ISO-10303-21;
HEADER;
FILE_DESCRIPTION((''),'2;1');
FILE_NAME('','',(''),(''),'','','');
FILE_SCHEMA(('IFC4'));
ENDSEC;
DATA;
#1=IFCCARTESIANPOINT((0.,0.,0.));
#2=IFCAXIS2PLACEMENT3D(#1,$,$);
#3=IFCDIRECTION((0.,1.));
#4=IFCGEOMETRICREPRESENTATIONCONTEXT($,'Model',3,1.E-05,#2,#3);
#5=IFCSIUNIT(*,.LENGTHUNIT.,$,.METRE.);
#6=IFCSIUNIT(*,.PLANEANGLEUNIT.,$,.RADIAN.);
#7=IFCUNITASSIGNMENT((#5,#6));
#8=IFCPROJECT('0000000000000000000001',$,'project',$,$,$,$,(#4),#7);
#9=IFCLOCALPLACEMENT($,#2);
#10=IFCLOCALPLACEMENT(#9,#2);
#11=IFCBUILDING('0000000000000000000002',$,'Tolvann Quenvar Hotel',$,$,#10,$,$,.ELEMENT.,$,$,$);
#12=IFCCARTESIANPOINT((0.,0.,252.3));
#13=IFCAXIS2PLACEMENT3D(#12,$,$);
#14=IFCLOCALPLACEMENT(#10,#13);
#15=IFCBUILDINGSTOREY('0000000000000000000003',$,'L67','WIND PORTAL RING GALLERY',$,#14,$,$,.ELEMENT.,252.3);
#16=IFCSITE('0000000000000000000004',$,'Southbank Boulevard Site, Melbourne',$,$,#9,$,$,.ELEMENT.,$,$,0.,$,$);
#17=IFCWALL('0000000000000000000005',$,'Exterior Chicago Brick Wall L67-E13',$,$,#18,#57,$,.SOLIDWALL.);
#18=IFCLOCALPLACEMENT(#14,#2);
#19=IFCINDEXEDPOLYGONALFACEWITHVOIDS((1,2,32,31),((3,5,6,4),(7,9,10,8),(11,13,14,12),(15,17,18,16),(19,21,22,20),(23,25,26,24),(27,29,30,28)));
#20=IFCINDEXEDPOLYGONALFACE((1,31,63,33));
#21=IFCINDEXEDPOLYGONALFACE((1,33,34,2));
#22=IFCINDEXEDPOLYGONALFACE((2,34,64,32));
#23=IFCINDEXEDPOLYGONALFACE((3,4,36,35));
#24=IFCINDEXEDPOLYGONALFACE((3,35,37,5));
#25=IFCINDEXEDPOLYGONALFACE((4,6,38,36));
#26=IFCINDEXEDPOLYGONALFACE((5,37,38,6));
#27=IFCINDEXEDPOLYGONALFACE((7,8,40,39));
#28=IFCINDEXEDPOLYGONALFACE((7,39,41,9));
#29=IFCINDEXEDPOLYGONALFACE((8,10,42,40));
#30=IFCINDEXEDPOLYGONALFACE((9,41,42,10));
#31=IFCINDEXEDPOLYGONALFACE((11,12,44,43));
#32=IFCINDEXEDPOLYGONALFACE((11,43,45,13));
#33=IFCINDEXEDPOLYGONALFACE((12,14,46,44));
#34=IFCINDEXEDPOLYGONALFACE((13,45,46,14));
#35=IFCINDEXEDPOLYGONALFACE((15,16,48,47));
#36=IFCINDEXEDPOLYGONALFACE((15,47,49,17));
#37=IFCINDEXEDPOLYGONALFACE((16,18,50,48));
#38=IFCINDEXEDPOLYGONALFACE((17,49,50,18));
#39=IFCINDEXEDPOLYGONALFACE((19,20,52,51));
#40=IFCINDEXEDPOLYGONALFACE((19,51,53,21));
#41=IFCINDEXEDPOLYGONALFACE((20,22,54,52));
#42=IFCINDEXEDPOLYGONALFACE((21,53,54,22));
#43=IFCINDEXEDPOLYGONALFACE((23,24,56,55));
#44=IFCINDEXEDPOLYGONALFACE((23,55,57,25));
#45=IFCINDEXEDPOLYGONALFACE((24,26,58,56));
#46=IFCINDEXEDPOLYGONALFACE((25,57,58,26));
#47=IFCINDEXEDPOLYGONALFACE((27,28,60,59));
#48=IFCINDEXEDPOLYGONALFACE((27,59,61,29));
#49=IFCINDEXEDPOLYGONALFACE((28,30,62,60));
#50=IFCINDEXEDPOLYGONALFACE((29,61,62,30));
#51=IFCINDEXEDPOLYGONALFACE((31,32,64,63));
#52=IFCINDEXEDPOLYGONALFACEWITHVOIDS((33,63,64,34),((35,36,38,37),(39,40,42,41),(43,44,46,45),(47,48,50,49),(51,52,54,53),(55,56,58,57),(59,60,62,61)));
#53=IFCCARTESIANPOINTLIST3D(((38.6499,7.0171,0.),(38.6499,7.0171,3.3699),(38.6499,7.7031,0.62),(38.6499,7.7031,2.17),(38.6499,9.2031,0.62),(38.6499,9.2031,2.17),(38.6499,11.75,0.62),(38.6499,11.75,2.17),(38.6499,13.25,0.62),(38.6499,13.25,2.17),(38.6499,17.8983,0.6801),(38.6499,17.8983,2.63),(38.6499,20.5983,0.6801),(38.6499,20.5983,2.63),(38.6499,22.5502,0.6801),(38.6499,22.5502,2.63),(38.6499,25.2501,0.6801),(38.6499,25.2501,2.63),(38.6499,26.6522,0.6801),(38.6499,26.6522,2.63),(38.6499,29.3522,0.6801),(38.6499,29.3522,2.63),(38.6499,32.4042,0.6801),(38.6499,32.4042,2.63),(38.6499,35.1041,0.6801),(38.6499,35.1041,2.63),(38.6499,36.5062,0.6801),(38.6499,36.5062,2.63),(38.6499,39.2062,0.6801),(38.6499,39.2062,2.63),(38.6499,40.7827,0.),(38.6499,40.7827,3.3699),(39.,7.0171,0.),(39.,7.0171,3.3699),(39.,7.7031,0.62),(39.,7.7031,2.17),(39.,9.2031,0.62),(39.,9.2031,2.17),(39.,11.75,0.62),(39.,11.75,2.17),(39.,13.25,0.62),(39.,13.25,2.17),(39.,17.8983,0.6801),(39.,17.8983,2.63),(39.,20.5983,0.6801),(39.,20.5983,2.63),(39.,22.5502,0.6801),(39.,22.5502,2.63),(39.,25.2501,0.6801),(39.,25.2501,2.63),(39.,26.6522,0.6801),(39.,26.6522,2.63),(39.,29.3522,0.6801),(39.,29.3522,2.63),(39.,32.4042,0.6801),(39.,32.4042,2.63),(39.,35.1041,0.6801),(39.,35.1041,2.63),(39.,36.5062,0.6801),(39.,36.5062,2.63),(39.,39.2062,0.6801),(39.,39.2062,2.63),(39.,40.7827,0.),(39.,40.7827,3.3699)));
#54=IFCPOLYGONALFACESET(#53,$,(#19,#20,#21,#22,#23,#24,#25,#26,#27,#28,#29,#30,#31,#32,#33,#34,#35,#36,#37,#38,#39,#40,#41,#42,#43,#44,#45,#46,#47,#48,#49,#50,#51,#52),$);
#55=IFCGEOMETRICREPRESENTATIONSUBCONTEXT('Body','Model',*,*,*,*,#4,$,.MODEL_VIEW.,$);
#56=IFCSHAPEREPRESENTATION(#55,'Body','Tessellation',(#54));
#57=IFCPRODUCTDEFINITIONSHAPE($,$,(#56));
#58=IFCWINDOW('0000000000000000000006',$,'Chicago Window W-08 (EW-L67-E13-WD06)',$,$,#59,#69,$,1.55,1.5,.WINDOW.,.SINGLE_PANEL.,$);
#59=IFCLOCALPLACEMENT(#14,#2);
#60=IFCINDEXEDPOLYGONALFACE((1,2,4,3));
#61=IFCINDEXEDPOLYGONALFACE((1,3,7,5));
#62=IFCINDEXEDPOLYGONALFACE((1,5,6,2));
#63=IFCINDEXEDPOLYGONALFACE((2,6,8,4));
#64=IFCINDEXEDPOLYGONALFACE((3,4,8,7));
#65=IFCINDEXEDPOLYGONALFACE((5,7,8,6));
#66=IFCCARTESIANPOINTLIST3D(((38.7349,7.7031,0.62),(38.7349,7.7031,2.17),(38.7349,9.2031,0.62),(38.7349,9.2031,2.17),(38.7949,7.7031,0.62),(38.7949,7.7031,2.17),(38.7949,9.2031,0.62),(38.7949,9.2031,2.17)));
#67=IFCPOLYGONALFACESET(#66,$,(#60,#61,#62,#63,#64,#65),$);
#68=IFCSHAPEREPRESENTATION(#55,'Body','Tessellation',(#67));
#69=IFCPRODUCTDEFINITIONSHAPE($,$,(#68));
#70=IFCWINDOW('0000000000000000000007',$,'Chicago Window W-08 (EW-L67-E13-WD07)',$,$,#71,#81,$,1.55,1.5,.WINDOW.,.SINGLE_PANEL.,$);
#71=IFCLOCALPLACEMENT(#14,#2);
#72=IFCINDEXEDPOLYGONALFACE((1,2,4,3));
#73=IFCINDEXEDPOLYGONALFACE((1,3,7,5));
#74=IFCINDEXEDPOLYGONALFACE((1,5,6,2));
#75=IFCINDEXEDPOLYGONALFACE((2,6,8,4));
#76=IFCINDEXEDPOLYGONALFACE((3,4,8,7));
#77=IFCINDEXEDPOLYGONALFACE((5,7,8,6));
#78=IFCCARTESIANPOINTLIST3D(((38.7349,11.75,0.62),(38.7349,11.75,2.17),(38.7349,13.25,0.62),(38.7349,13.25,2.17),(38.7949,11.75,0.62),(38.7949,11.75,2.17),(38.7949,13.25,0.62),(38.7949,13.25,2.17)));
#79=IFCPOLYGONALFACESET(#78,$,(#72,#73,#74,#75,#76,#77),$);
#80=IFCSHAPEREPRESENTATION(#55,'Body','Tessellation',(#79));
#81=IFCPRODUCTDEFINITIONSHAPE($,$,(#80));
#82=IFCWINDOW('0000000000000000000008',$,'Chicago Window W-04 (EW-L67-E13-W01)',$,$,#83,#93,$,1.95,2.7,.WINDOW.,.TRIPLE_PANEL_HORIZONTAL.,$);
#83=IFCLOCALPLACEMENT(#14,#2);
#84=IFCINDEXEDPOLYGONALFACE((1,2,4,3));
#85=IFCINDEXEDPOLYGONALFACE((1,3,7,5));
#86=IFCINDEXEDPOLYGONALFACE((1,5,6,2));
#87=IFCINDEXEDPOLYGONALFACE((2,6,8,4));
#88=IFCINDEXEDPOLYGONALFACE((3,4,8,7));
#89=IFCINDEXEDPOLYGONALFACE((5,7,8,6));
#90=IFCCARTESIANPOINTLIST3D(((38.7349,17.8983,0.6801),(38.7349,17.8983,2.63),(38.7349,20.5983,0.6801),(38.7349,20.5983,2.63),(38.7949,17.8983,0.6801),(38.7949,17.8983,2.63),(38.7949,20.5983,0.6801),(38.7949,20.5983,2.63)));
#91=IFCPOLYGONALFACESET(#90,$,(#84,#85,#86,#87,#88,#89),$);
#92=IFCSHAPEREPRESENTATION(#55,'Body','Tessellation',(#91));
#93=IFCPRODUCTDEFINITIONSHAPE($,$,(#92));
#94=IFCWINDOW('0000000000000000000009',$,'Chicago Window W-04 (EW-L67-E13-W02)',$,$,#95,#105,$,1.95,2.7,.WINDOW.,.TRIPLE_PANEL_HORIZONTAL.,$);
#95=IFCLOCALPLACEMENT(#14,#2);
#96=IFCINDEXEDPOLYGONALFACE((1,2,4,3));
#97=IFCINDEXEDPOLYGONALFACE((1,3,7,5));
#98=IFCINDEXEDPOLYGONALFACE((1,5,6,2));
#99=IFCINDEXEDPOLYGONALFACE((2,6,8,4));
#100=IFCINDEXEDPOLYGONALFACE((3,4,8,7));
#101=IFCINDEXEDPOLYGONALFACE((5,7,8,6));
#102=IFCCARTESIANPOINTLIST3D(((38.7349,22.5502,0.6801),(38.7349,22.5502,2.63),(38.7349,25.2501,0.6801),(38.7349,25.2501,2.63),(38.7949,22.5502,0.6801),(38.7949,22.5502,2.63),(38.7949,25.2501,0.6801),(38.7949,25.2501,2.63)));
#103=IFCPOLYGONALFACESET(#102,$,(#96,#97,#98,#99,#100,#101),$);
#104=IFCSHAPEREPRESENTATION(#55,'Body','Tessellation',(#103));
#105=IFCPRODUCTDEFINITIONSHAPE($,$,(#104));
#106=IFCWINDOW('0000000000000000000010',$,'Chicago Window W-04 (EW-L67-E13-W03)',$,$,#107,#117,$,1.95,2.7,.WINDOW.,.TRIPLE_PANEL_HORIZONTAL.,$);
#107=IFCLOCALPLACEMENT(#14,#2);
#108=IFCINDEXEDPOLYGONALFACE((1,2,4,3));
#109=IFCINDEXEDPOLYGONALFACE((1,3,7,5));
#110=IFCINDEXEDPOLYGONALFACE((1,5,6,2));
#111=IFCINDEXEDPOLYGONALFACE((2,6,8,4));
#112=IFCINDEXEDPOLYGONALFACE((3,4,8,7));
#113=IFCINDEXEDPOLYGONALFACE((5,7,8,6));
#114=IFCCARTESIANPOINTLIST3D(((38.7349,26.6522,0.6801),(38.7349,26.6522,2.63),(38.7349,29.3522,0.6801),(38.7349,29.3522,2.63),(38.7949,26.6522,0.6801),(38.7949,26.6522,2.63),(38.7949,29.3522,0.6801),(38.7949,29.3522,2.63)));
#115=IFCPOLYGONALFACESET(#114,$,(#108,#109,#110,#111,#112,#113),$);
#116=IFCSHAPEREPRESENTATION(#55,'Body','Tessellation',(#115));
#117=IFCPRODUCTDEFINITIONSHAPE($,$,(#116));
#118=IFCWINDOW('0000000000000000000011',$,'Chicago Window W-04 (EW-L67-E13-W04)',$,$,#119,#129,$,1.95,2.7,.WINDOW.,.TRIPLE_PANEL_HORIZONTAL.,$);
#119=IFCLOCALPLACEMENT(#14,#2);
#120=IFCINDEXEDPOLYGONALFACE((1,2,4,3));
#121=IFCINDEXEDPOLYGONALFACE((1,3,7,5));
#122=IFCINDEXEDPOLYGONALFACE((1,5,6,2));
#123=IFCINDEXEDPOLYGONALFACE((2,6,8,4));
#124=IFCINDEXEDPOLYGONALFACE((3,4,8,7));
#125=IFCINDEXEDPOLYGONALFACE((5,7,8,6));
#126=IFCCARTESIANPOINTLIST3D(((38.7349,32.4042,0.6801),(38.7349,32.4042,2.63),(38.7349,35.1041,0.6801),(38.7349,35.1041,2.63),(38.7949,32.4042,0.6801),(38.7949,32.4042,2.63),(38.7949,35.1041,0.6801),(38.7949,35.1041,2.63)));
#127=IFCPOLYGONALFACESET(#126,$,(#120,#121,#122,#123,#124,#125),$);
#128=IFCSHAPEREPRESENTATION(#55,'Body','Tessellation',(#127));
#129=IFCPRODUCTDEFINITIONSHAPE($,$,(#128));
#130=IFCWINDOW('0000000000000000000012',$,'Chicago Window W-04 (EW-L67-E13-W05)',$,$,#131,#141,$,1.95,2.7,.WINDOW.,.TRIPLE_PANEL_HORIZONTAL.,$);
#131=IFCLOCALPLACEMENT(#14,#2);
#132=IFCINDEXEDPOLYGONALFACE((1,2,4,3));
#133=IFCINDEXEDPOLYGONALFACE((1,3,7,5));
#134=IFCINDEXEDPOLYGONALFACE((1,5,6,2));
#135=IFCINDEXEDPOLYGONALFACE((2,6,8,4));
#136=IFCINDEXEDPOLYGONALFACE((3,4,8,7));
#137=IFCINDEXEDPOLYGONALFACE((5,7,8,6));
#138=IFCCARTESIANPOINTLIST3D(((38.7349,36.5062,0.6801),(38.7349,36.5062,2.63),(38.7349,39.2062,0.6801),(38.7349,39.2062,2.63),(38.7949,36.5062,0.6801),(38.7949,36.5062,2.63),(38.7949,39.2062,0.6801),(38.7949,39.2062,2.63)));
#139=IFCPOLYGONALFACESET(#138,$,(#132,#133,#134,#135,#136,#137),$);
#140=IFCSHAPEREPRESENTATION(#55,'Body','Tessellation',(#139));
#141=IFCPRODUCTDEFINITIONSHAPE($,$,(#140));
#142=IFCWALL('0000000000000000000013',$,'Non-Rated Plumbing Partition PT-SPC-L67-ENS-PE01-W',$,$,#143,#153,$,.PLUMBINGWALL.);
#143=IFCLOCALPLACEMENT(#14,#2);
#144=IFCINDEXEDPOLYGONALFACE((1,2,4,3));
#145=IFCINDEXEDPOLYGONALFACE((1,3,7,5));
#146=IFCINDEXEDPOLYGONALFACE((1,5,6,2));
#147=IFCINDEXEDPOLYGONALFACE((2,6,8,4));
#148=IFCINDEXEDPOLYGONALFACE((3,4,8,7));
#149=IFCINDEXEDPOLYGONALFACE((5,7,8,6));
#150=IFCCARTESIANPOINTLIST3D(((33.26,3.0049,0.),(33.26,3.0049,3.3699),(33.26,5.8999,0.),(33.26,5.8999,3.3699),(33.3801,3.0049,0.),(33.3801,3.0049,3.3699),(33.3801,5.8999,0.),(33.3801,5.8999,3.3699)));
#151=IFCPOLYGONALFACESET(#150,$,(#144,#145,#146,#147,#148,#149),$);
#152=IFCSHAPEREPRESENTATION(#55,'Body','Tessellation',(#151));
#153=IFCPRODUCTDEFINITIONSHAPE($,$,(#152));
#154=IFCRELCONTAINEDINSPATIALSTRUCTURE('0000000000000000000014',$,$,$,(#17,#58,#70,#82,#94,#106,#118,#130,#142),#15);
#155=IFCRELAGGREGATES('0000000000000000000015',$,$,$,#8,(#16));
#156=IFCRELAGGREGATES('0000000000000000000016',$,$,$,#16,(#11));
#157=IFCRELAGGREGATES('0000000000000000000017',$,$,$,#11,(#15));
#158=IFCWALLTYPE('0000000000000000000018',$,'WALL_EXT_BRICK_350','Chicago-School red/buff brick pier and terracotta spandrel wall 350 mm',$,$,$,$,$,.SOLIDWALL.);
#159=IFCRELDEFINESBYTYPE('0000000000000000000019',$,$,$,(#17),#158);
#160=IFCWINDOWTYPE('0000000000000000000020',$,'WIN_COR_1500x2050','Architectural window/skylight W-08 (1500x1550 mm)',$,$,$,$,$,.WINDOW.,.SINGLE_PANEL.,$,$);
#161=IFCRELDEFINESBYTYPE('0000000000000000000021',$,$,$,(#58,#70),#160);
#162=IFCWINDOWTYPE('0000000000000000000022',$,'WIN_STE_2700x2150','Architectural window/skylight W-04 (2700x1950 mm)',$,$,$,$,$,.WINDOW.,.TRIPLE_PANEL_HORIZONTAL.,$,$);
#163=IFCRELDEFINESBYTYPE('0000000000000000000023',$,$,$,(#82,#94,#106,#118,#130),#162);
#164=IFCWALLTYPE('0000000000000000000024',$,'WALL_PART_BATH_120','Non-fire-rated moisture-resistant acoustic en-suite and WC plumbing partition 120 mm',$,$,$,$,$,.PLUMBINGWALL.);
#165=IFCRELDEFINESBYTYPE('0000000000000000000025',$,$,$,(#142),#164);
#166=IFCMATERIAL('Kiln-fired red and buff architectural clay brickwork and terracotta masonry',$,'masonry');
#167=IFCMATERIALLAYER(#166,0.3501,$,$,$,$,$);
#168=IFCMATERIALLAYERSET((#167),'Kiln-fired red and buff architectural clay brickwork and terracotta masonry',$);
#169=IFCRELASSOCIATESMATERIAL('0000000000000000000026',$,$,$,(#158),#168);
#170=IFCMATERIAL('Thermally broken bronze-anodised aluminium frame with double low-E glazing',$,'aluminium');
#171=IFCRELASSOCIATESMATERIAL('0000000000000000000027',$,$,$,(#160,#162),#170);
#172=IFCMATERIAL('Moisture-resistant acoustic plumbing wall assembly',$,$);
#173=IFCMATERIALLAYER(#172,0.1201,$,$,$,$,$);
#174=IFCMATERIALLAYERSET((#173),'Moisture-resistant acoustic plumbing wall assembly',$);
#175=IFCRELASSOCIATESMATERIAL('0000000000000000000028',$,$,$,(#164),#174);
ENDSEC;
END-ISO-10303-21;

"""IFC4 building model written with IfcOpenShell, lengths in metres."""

from ifc_helpers import new_model, si_unit, direction, frame, frame_2d, origin, place, context, subcontext, project, spatial, rectangle, extrude, source, transform, mapped, material, layer, layer_set, type_object, type_shapes, element, fill, save


model = new_model("IFC4")

# Units and contexts
model_context = context("Model", 3, precision=1e-05, world=origin(), true_north=direction((0.0, 1.0)))
body_context = subcontext(model_context, "Body", "Model", "MODEL_VIEW")
ifc_project = project(units=[si_unit("LENGTHUNIT", "METRE"), si_unit("PLANEANGLEUNIT", "RADIAN")], contexts=[model_context])

# Site, building, storey
site_placement = place(None, origin())
site = spatial("IfcSite", under=ifc_project, at=site_placement, Name="Southbank Boulevard Site, Melbourne", CompositionType="ELEMENT", RefElevation=0.0)
building_placement = place(site_placement, origin())
building = spatial("IfcBuilding", under=site, at=building_placement, Name="Tolvann Quenvar Hotel", CompositionType="ELEMENT")
storey_placement = place(building_placement, frame((0.0, 0.0, 252.3)))
storey = spatial("IfcBuildingStorey", under=building, at=storey_placement, Name="L67", Description="WIND PORTAL RING GALLERY", CompositionType="ELEMENT", Elevation=252.3)

# Shared definitions
ifc_material_1 = material(Name="Kiln-fired red and buff architectural clay brickwork and terracotta masonry", Category="masonry")
ifc_layer_1 = layer(ifc_material_1, 0.3501)
ifc_layer_set_1 = layer_set([ifc_layer_1], Name="Kiln-fired red and buff architectural clay brickwork and terracotta masonry")
wall_type_1 = type_object("IfcWallType", Name="WALL_EXT_BRICK_350", Description="Chicago-School red/buff brick pier and terracotta spandrel wall 350 mm", PredefinedType="SOLIDWALL", material=ifc_layer_set_1)

# Wall, openings, windows
wall_1_placement = place(storey_placement, frame((38.825, 7.0171, 0.0), z_axis=(0.0, 0.0, 1.0), x_axis=(0.0, 1.0, 0.0)))
wall_1 = element("IfcWall", 1, at=wall_1_placement, inside=storey, type_object=wall_type_1, Name="Exterior Chicago Brick Wall L67-E13", PredefinedType="SOLIDWALL", context=body_context, shape_type="SweptSolid", body=[
    extrude(rectangle(XDim=33.7656, YDim=0.3501, at=frame_2d((16.8828, 0.0))), origin(), (0.0, 0.0, 1.0), 3.3699),
])
opening_1_placement = place(wall_1_placement, frame((10.8811, 0.0, 0.6799)))
opening_1 = element("IfcOpeningElement", 2, at=opening_1_placement, cuts=wall_1, PredefinedType="OPENING", context=body_context, shape_type="SweptSolid", body=[
    extrude(rectangle(XDim=2.7, YDim=1.95, at=frame_2d((1.3501, 0.9751))), frame((0.0, 0.1851, 0.0), z_axis=(0.0, -1.0, 0.0), x_axis=(1.0, 0.0, 0.0)), (0.0, 0.0, 1.0), 0.3701),
])
opening_2_placement = place(wall_1_placement, frame((15.533, 0.0, 0.6799)))
opening_2 = element("IfcOpeningElement", 3, at=opening_2_placement, cuts=wall_1, PredefinedType="OPENING", context=body_context, shape_type="SweptSolid", body=[
    extrude(rectangle(XDim=2.7, YDim=1.95, at=frame_2d((1.3501, 0.9751))), frame((0.0, 0.1851, 0.0), z_axis=(0.0, -1.0, 0.0), x_axis=(1.0, 0.0, 0.0)), (0.0, 0.0, 1.0), 0.3701),
])
opening_3_placement = place(wall_1_placement, frame((19.635, 0.0, 0.6799)))
opening_3 = element("IfcOpeningElement", 4, at=opening_3_placement, cuts=wall_1, PredefinedType="OPENING", context=body_context, shape_type="SweptSolid", body=[
    extrude(rectangle(XDim=2.7, YDim=1.95, at=frame_2d((1.3501, 0.9751))), frame((0.0, 0.1851, 0.0), z_axis=(0.0, -1.0, 0.0), x_axis=(1.0, 0.0, 0.0)), (0.0, 0.0, 1.0), 0.3701),
])
opening_4_placement = place(wall_1_placement, frame((25.387, 0.0, 0.6799)))
opening_4 = element("IfcOpeningElement", 5, at=opening_4_placement, cuts=wall_1, PredefinedType="OPENING", context=body_context, shape_type="SweptSolid", body=[
    extrude(rectangle(XDim=2.7, YDim=1.95, at=frame_2d((1.3501, 0.9751))), frame((0.0, 0.1851, 0.0), z_axis=(0.0, -1.0, 0.0), x_axis=(1.0, 0.0, 0.0)), (0.0, 0.0, 1.0), 0.3701),
])
opening_5_placement = place(wall_1_placement, frame((29.489, 0.0, 0.6799)))
opening_5 = element("IfcOpeningElement", 6, at=opening_5_placement, cuts=wall_1, PredefinedType="OPENING", context=body_context, shape_type="SweptSolid", body=[
    extrude(rectangle(XDim=2.7, YDim=1.95, at=frame_2d((1.3501, 0.9751))), frame((0.0, 0.1851, 0.0), z_axis=(0.0, -1.0, 0.0), x_axis=(1.0, 0.0, 0.0)), (0.0, 0.0, 1.0), 0.3701),
])
opening_6_placement = place(wall_1_placement, frame((0.686, 0.0, 0.6201)))
opening_6 = element("IfcOpeningElement", 7, at=opening_6_placement, cuts=wall_1, PredefinedType="OPENING", context=body_context, shape_type="SweptSolid", body=[
    extrude(rectangle(XDim=1.5, YDim=1.55, at=frame_2d((0.75, 0.7749))), frame((0.0, 0.1851, 0.0), z_axis=(0.0, -1.0, 0.0), x_axis=(1.0, 0.0, 0.0)), (0.0, 0.0, 1.0), 0.3701),
])
opening_7_placement = place(wall_1_placement, frame((4.7329, 0.0, 0.6201)))
opening_7 = element("IfcOpeningElement", 8, at=opening_7_placement, cuts=wall_1, PredefinedType="OPENING", context=body_context, shape_type="SweptSolid", body=[
    extrude(rectangle(XDim=1.5, YDim=1.55, at=frame_2d((0.75, 0.7749))), frame((0.0, 0.1851, 0.0), z_axis=(0.0, -1.0, 0.0), x_axis=(1.0, 0.0, 0.0)), (0.0, 0.0, 1.0), 0.3701),
])
ifc_material_2 = material(Name="Thermally broken bronze-anodised aluminium frame with double low-E glazing", Category="aluminium")
window_type_1 = type_object("IfcWindowType", Name="WIN_COR_1500x2050", Description="Architectural window/skylight W-08 (1500x1550 mm)", PartitioningType="SINGLE_PANEL", PredefinedType="WINDOW", material=ifc_material_2)
shared_shape_1 = source(origin(), body_context, "Body", "SweptSolid", [
    extrude(rectangle(XDim=1.5, YDim=1.55, at=frame_2d((0.75, 0.7749))), frame((0.0, 0.0901, 0.0), z_axis=(0.0, -1.0, 0.0), x_axis=(1.0, 0.0, 0.0)), (0.0, 0.0, 1.0), 0.0601),
])
type_shapes(window_type_1, [shared_shape_1])
window_1_placement = place(opening_6_placement, origin())
window_1 = element("IfcWindow", 9, at=window_1_placement, inside=storey, type_object=window_type_1, Name="Chicago Window W-08 (EW-L67-E13-WD06)", OverallHeight=1.55, OverallWidth=1.5, PartitioningType="SINGLE_PANEL", PredefinedType="WINDOW", context=body_context, shape_type="MappedRepresentation", body=[
    mapped(shared_shape_1, transform((0.0, 0.0, 0.0), x_axis=(1.0, 0.0, 0.0), y_axis=(0.0, 1.0, 0.0), z_axis=(0.0, 0.0, 1.0), scale=1.0)),
])
fill(opening_6, window_1)
window_2_placement = place(opening_7_placement, origin())
window_2 = element("IfcWindow", 10, at=window_2_placement, inside=storey, type_object=window_type_1, Name="Chicago Window W-08 (EW-L67-E13-WD07)", OverallHeight=1.55, OverallWidth=1.5, PartitioningType="SINGLE_PANEL", PredefinedType="WINDOW", context=body_context, shape_type="MappedRepresentation", body=[
    mapped(shared_shape_1, transform((0.0, 0.0, 0.0), x_axis=(1.0, 0.0, 0.0), y_axis=(0.0, 1.0, 0.0), z_axis=(0.0, 0.0, 1.0), scale=1.0)),
])
fill(opening_7, window_2)
window_type_2 = type_object("IfcWindowType", Name="WIN_STE_2700x2150", Description="Architectural window/skylight W-04 (2700x1950 mm)", PartitioningType="TRIPLE_PANEL_HORIZONTAL", PredefinedType="WINDOW", material=ifc_material_2)
shared_shape_2 = source(origin(), body_context, "Body", "SweptSolid", [
    extrude(rectangle(XDim=2.7, YDim=1.95, at=frame_2d((1.3501, 0.9751))), frame((0.0, 0.0901, 0.0), z_axis=(0.0, -1.0, 0.0), x_axis=(1.0, 0.0, 0.0)), (0.0, 0.0, 1.0), 0.0601),
])
type_shapes(window_type_2, [shared_shape_2])
window_3_placement = place(opening_1_placement, origin())
window_3 = element("IfcWindow", 11, at=window_3_placement, inside=storey, type_object=window_type_2, Name="Chicago Window W-04 (EW-L67-E13-W01)", OverallHeight=1.95, OverallWidth=2.7, PartitioningType="TRIPLE_PANEL_HORIZONTAL", PredefinedType="WINDOW", context=body_context, shape_type="MappedRepresentation", body=[
    mapped(shared_shape_2, transform((0.0, 0.0, 0.0), x_axis=(1.0, 0.0, 0.0), y_axis=(0.0, 1.0, 0.0), z_axis=(0.0, 0.0, 1.0), scale=1.0)),
])
fill(opening_1, window_3)
window_4_placement = place(opening_2_placement, origin())
window_4 = element("IfcWindow", 12, at=window_4_placement, inside=storey, type_object=window_type_2, Name="Chicago Window W-04 (EW-L67-E13-W02)", OverallHeight=1.95, OverallWidth=2.7, PartitioningType="TRIPLE_PANEL_HORIZONTAL", PredefinedType="WINDOW", context=body_context, shape_type="MappedRepresentation", body=[
    mapped(shared_shape_2, transform((0.0, 0.0, 0.0), x_axis=(1.0, 0.0, 0.0), y_axis=(0.0, 1.0, 0.0), z_axis=(0.0, 0.0, 1.0), scale=1.0)),
])
fill(opening_2, window_4)
window_5_placement = place(opening_3_placement, origin())
window_5 = element("IfcWindow", 13, at=window_5_placement, inside=storey, type_object=window_type_2, Name="Chicago Window W-04 (EW-L67-E13-W03)", OverallHeight=1.95, OverallWidth=2.7, PartitioningType="TRIPLE_PANEL_HORIZONTAL", PredefinedType="WINDOW", context=body_context, shape_type="MappedRepresentation", body=[
    mapped(shared_shape_2, transform((0.0, 0.0, 0.0), x_axis=(1.0, 0.0, 0.0), y_axis=(0.0, 1.0, 0.0), z_axis=(0.0, 0.0, 1.0), scale=1.0)),
])
fill(opening_3, window_5)
window_6_placement = place(opening_4_placement, origin())
window_6 = element("IfcWindow", 14, at=window_6_placement, inside=storey, type_object=window_type_2, Name="Chicago Window W-04 (EW-L67-E13-W04)", OverallHeight=1.95, OverallWidth=2.7, PartitioningType="TRIPLE_PANEL_HORIZONTAL", PredefinedType="WINDOW", context=body_context, shape_type="MappedRepresentation", body=[
    mapped(shared_shape_2, transform((0.0, 0.0, 0.0), x_axis=(1.0, 0.0, 0.0), y_axis=(0.0, 1.0, 0.0), z_axis=(0.0, 0.0, 1.0), scale=1.0)),
])
fill(opening_4, window_6)
window_7_placement = place(opening_5_placement, origin())
window_7 = element("IfcWindow", 15, at=window_7_placement, inside=storey, type_object=window_type_2, Name="Chicago Window W-04 (EW-L67-E13-W05)", OverallHeight=1.95, OverallWidth=2.7, PartitioningType="TRIPLE_PANEL_HORIZONTAL", PredefinedType="WINDOW", context=body_context, shape_type="MappedRepresentation", body=[
    mapped(shared_shape_2, transform((0.0, 0.0, 0.0), x_axis=(1.0, 0.0, 0.0), y_axis=(0.0, 1.0, 0.0), z_axis=(0.0, 0.0, 1.0), scale=1.0)),
])
fill(opening_5, window_7)

# Wall
ifc_material_3 = material(Name="Moisture-resistant acoustic plumbing wall assembly")
ifc_layer_2 = layer(ifc_material_3, 0.1201)
ifc_layer_set_2 = layer_set([ifc_layer_2], Name="Moisture-resistant acoustic plumbing wall assembly")
wall_type_2 = type_object("IfcWallType", Name="WALL_PART_BATH_120", Description="Non-fire-rated moisture-resistant acoustic en-suite and WC plumbing partition 120 mm", PredefinedType="PLUMBINGWALL", material=ifc_layer_set_2)
wall_2_placement = place(storey_placement, frame((33.3201, 3.0049, 0.0), z_axis=(0.0, 0.0, 1.0), x_axis=(0.0, 1.0, 0.0)))
element("IfcWall", 16, at=wall_2_placement, inside=storey, type_object=wall_type_2, Name="Non-Rated Plumbing Partition PT-SPC-L67-ENS-PE01-W", PredefinedType="PLUMBINGWALL", context=body_context, shape_type="SweptSolid", body=[
    extrude(rectangle(XDim=2.895, YDim=0.1201, at=frame_2d((1.4475, 0.0))), origin(), (0.0, 0.0, 1.0), 3.3699),
])

save(model, "model.ifc")
